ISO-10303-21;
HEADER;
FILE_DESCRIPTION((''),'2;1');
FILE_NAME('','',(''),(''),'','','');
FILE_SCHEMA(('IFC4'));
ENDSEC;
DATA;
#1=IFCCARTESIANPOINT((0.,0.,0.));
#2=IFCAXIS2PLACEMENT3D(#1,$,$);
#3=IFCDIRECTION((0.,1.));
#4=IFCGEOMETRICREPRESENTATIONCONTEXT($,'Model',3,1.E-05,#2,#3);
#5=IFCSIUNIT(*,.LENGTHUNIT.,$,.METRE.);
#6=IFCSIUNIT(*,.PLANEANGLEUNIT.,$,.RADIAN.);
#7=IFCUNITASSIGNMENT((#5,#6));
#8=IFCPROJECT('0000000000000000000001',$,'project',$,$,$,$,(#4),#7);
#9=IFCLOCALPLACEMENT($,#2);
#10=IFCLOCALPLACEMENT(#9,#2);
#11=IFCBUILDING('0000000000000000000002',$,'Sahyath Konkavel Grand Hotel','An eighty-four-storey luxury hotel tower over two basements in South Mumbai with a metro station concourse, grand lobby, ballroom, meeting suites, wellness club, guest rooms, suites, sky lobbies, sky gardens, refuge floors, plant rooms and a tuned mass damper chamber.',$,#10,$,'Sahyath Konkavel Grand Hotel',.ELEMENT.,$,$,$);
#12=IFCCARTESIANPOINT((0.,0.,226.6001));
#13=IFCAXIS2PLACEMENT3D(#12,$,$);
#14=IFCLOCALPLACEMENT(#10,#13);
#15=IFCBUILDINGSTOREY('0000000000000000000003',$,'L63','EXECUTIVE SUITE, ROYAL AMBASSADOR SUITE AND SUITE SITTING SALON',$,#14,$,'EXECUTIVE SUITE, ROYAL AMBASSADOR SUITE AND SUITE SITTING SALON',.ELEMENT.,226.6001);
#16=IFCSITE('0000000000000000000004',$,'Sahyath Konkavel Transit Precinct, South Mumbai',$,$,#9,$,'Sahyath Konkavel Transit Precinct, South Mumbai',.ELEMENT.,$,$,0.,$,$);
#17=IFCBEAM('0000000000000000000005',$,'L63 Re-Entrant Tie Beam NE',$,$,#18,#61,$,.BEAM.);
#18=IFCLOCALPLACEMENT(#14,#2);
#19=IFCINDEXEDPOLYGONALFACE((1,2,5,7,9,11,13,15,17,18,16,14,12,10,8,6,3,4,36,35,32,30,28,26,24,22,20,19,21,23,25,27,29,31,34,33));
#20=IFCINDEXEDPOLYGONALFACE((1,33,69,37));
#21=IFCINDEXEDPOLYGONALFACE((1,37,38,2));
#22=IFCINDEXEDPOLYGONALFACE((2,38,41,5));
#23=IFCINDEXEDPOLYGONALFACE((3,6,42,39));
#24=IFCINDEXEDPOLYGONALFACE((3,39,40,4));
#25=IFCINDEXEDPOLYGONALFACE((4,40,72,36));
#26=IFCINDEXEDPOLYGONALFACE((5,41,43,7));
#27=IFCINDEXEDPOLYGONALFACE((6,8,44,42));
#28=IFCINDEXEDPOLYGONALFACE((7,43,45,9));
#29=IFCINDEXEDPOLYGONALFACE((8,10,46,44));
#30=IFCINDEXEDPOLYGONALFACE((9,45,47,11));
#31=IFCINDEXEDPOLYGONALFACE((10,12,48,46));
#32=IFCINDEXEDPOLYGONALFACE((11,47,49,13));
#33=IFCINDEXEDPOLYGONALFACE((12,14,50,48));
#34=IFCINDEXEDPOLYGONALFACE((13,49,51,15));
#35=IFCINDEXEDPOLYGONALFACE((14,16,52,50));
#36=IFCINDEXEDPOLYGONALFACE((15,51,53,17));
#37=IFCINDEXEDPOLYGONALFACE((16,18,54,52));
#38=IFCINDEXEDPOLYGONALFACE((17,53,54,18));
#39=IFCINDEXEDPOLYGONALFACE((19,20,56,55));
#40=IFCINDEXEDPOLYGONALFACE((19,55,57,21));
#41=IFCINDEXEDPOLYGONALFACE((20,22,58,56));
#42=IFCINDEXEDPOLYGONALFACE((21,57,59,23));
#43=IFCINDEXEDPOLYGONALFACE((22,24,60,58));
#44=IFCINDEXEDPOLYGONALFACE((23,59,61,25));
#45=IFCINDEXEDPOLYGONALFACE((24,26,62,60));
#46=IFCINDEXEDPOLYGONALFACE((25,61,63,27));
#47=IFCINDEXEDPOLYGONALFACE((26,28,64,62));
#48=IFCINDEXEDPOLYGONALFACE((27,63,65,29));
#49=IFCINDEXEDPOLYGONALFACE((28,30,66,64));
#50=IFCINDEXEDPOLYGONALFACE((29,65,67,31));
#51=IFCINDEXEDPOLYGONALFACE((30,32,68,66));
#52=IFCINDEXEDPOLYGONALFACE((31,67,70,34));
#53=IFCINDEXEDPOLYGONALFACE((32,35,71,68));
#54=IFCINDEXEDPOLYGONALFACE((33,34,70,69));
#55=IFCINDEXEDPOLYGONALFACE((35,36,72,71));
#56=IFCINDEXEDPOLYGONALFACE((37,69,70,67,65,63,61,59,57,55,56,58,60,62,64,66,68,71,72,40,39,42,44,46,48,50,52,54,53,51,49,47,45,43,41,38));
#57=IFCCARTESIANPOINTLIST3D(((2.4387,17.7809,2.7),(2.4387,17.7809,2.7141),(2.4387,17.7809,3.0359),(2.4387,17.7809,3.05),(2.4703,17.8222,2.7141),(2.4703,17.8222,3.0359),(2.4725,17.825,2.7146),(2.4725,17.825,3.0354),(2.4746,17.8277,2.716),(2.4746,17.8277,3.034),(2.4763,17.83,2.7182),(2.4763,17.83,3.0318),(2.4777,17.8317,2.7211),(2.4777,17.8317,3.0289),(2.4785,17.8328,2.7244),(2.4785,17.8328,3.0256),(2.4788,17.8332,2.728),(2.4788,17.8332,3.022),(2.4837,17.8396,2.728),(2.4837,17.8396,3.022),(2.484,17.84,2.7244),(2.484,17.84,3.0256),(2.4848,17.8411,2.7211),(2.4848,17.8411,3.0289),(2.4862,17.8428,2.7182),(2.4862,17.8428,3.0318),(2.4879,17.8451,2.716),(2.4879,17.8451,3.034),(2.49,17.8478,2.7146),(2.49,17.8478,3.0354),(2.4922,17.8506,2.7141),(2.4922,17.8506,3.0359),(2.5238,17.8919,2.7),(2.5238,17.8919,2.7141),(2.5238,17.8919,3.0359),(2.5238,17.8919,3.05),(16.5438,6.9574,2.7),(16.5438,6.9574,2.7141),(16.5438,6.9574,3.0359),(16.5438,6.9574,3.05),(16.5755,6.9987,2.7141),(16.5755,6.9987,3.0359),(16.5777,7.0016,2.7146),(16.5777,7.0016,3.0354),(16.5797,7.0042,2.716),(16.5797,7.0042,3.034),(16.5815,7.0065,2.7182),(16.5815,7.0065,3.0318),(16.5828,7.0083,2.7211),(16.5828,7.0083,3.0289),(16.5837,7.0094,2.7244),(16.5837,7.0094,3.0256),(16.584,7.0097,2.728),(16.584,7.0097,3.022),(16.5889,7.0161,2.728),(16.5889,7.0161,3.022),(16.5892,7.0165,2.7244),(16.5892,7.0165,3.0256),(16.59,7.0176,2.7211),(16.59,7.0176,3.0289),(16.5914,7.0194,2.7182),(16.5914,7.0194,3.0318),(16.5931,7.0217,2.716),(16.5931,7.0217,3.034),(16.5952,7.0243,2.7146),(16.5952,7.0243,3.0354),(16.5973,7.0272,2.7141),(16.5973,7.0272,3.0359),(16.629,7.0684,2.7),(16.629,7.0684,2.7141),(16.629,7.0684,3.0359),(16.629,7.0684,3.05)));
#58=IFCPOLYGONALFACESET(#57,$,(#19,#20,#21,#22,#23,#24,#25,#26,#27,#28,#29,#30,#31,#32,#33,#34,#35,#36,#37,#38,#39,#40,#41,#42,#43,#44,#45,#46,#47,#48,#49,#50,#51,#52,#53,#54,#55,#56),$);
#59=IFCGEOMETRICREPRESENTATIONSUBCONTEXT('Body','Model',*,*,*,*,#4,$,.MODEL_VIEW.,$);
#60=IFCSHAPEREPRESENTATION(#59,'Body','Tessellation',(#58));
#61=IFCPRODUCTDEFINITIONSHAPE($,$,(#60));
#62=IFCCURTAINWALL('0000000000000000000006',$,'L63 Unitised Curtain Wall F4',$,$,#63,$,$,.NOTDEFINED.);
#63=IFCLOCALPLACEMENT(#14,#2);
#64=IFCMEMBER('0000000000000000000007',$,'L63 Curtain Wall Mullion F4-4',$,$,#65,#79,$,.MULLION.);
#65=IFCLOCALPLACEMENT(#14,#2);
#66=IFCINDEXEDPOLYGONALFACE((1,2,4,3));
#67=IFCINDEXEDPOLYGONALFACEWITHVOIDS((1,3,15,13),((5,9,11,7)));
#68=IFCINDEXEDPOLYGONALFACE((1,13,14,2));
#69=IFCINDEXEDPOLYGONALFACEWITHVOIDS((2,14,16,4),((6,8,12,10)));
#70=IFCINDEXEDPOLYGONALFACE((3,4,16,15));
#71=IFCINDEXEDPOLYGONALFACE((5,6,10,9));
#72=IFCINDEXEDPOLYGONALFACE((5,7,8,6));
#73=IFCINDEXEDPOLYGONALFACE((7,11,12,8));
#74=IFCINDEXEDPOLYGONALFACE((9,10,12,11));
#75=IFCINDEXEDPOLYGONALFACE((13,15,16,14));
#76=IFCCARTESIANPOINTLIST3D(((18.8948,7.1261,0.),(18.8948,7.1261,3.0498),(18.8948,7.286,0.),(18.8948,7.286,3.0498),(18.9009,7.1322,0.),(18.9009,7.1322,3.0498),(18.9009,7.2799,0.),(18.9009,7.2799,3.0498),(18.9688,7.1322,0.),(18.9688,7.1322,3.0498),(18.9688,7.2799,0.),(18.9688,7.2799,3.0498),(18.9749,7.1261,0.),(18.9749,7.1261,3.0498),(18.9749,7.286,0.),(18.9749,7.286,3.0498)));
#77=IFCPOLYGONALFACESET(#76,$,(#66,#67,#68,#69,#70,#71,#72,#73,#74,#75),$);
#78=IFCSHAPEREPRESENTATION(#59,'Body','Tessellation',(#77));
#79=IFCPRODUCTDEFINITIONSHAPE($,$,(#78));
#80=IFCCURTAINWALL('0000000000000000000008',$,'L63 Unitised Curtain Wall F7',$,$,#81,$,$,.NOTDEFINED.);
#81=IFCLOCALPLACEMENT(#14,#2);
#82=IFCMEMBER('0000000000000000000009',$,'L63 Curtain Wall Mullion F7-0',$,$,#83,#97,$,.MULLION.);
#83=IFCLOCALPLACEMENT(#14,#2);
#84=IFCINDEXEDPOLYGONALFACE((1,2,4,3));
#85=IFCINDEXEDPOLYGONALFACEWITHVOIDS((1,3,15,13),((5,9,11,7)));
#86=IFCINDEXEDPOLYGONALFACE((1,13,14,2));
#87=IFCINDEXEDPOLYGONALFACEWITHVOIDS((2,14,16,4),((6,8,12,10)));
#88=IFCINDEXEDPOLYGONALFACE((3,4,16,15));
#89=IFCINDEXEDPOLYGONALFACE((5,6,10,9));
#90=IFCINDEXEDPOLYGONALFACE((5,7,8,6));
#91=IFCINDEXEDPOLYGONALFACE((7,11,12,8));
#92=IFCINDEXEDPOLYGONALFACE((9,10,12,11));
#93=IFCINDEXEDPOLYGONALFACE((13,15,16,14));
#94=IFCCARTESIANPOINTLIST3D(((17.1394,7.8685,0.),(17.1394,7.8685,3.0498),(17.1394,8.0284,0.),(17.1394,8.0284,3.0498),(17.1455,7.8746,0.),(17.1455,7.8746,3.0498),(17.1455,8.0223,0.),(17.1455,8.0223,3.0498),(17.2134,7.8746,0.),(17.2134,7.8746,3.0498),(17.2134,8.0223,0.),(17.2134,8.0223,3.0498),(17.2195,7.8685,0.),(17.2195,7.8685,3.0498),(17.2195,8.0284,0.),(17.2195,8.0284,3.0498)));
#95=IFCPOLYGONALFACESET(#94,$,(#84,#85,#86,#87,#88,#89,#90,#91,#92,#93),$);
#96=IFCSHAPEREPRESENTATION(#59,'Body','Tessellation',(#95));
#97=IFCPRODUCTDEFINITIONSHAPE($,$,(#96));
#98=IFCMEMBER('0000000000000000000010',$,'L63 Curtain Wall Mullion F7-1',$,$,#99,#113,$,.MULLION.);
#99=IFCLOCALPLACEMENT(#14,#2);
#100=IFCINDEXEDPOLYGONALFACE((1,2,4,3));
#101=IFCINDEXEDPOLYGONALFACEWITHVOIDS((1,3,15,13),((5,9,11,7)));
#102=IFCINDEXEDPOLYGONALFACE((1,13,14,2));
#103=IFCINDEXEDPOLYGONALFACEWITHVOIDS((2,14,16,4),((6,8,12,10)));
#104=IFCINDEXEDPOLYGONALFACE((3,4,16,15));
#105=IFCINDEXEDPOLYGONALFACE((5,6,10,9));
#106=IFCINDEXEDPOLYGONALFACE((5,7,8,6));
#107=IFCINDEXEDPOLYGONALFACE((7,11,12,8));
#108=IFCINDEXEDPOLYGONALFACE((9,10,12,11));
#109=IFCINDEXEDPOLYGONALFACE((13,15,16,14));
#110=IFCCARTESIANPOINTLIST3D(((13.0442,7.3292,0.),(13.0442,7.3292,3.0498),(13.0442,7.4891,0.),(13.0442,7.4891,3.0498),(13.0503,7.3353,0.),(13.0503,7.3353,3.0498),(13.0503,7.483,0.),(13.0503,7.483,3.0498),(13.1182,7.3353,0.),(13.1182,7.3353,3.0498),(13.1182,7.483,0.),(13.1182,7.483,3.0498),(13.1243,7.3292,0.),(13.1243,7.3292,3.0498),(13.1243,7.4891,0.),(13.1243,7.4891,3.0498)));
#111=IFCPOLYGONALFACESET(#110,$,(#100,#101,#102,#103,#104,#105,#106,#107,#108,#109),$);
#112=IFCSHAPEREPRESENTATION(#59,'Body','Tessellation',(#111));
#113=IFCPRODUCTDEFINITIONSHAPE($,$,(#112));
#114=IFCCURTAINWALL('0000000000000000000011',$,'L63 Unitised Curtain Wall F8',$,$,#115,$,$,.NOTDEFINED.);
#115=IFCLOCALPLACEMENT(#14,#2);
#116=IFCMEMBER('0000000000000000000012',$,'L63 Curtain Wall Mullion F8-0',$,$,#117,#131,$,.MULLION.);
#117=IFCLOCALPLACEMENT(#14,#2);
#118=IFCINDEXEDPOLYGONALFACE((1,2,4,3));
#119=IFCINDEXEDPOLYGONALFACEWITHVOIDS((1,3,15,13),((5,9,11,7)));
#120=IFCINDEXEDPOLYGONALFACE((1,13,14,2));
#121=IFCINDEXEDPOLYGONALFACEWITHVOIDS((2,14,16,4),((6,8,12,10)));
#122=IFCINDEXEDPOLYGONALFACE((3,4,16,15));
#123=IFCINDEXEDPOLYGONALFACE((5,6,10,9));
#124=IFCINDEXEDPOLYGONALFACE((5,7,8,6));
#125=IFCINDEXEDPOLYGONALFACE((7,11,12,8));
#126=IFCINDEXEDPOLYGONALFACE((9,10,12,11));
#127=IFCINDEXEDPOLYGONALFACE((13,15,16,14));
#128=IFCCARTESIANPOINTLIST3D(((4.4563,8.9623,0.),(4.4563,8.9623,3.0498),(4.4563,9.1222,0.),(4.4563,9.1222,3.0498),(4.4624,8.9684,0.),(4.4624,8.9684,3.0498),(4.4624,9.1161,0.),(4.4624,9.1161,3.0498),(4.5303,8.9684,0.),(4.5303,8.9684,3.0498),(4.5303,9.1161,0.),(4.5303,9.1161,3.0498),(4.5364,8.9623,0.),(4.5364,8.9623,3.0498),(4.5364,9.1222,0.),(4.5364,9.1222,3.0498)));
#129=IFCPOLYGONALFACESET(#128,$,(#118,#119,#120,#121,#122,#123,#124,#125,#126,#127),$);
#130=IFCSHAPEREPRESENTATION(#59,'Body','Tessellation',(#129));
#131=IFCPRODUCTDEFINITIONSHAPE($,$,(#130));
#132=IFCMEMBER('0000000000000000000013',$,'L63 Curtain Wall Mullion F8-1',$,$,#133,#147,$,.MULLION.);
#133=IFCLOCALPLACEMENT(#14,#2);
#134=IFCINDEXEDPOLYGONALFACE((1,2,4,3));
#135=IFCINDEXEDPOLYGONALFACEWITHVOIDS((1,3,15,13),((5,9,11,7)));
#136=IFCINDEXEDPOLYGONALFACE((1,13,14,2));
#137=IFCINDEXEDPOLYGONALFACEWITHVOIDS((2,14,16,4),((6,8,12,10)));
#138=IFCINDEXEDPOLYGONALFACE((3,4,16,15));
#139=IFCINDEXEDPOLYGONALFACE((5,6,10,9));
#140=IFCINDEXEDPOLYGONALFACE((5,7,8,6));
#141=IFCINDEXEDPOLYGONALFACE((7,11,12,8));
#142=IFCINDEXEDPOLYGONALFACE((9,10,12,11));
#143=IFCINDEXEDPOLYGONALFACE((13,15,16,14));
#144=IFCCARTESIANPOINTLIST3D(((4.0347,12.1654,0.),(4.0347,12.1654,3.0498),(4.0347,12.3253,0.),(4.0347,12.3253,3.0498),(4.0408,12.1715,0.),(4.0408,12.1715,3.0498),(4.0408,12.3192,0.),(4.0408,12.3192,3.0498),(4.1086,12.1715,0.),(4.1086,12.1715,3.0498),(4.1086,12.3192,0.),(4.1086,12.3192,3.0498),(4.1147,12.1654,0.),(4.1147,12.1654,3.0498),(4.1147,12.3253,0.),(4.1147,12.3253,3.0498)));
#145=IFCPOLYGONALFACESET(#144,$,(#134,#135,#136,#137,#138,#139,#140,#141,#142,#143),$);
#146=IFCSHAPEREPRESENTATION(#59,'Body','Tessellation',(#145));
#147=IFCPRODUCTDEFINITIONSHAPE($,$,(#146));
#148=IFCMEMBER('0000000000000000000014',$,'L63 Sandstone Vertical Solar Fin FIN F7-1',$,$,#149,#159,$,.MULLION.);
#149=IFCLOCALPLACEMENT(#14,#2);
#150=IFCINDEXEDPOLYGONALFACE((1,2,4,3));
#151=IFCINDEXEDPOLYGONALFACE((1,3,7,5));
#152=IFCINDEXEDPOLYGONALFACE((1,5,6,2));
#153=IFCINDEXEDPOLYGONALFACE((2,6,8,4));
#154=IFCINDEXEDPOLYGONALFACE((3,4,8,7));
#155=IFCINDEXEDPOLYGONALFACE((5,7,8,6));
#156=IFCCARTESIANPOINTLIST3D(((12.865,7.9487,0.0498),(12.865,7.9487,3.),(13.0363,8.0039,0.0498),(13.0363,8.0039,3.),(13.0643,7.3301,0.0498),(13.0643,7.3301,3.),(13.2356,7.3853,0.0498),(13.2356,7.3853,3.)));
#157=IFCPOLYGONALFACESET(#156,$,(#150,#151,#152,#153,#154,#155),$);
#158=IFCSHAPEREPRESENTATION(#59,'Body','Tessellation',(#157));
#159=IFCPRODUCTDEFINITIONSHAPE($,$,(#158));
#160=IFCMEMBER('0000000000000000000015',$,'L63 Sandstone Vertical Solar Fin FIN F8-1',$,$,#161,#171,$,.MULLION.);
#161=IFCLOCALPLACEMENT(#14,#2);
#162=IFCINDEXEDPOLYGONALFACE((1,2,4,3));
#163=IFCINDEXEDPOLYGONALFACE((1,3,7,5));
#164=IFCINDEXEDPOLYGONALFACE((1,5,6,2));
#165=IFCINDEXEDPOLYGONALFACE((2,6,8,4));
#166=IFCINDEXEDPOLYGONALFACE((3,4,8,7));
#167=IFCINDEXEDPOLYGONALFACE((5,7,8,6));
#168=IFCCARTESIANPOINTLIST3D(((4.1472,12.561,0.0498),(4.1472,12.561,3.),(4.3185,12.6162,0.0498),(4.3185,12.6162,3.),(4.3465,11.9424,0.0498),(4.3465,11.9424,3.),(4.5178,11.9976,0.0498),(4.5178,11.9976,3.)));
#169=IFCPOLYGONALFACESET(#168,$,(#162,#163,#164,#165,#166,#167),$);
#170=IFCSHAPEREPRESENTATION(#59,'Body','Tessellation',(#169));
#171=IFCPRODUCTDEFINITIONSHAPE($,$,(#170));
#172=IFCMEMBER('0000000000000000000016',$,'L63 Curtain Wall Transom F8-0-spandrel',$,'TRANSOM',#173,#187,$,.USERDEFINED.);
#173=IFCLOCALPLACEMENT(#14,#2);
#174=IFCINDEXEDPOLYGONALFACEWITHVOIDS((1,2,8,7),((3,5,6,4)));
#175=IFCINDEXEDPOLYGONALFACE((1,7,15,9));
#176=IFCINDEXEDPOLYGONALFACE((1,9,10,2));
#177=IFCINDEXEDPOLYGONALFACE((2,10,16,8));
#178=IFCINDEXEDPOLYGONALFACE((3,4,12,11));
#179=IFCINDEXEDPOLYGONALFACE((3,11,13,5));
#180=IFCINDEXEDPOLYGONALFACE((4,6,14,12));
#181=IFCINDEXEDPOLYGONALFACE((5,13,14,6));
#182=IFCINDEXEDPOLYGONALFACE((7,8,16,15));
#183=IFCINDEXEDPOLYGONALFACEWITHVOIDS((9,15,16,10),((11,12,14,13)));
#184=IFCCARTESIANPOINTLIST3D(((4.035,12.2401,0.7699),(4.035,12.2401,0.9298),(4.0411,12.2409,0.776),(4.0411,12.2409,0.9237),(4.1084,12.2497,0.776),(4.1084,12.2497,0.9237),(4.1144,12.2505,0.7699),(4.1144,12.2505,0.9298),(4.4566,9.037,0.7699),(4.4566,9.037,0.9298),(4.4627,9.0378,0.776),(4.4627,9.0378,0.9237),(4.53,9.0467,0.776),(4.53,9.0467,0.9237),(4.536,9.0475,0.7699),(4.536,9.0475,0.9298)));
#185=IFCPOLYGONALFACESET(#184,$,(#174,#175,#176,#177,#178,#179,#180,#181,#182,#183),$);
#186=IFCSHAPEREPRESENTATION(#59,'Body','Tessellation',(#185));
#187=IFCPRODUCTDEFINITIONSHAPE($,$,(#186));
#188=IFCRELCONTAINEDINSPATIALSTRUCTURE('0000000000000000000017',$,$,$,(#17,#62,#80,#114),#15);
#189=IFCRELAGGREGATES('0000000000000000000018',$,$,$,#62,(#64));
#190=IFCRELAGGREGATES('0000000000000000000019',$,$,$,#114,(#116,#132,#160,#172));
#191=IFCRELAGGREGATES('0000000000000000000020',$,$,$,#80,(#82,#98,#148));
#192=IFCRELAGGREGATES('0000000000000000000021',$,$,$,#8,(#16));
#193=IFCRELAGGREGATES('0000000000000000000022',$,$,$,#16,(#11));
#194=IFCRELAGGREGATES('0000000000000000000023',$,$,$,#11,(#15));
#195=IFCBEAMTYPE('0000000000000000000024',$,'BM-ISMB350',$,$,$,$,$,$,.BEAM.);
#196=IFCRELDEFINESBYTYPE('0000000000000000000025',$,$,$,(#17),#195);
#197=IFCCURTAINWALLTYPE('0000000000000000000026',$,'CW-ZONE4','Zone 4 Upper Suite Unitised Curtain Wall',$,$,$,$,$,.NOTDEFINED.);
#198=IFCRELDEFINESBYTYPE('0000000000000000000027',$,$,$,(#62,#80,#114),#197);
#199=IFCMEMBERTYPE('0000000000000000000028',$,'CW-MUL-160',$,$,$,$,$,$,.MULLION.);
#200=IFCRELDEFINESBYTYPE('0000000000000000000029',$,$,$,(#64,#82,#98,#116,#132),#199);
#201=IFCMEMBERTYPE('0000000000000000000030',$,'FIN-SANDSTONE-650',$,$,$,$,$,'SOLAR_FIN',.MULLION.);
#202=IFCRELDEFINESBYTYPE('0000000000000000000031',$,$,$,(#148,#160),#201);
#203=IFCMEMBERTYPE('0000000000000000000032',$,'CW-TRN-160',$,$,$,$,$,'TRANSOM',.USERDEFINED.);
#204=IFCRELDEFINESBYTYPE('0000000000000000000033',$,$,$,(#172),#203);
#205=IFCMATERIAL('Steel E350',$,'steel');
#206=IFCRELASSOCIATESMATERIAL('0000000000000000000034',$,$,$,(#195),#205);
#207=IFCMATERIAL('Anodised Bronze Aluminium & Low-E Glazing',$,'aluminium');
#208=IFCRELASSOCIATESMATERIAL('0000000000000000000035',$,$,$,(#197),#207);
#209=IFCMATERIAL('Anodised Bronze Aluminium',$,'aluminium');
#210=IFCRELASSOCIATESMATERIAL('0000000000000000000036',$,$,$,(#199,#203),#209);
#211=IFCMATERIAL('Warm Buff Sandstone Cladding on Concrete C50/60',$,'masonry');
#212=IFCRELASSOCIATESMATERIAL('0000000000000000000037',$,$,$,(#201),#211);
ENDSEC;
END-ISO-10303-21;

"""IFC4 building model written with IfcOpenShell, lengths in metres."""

from ifc_helpers import new_model, si_unit, direction, frame, origin, origin_2d, place, context, subcontext, project, spatial, rectangle, hollow_rectangle, i_section, extrude, source, transform, mapped, material, material_profile, profile_set, type_object, element, aggregate, save


model = new_model("IFC4")

# Units and contexts
model_context = context("Model", 3, precision=1e-05, world=origin(), true_north=direction((0.0, 1.0)))
body_context = subcontext(model_context, "Body", "Model", "MODEL_VIEW")
ifc_project = project(units=[si_unit("LENGTHUNIT", "METRE"), si_unit("PLANEANGLEUNIT", "RADIAN")], contexts=[model_context])

# Site, building, storey
site_placement = place(None, origin())
site = spatial("IfcSite", under=ifc_project, at=site_placement, Name="Sahyath Konkavel Transit Precinct, South Mumbai", LongName="Sahyath Konkavel Transit Precinct, South Mumbai", CompositionType="ELEMENT", RefElevation=0.0)
building_placement = place(site_placement, origin())
building = spatial("IfcBuilding", under=site, at=building_placement, Name="Sahyath Konkavel Grand Hotel", Description="An eighty-four-storey luxury hotel tower over two basements in South Mumbai with a metro station concourse, grand lobby, ballroom, meeting suites, wellness club, guest rooms, suites, sky lobbies, sky gardens, refuge floors, plant rooms and a tuned mass damper chamber.", LongName="Sahyath Konkavel Grand Hotel", CompositionType="ELEMENT")
storey_placement = place(building_placement, frame((0.0, 0.0, 226.6001)))
storey = spatial("IfcBuildingStorey", under=building, at=storey_placement, Name="L63", Description="EXECUTIVE SUITE, ROYAL AMBASSADOR SUITE AND SUITE SITTING SALON", LongName="EXECUTIVE SUITE, ROYAL AMBASSADOR SUITE AND SUITE SITTING SALON", CompositionType="ELEMENT", Elevation=226.6001)

# Beam
ifc_material_1 = material(Name="Steel E350", Category="steel")
ifc_material_profile_1 = material_profile(ifc_material_1, i_section(OverallWidth=0.1399, OverallDepth=0.3501, WebThickness=0.0081, FlangeThickness=0.0142, FilletRadius=0.0139, at=origin_2d()), Name="ISMB 350")
ifc_profile_set_1 = profile_set([ifc_material_profile_1], Name="Steel E350")
beam_type = type_object("IfcBeamType", Name="BM-ISMB350", PredefinedType="BEAM", material=ifc_profile_set_1)
shared_shape_1 = source(origin(), body_context, "Body", "SweptSolid", [
    extrude(i_section(OverallWidth=0.1399, OverallDepth=0.3501, WebThickness=0.0081, FlangeThickness=0.0142, FilletRadius=0.0139, at=origin_2d()), origin(), (0.0, 0.0, 1.0), 17.7793),
])
beam_placement = place(storey_placement, frame((16.5864, 7.0129, 2.875), z_axis=(-0.793349, 0.608767, 0.0), x_axis=(-0.608767, -0.793349, 0.0)))
element("IfcBeam", 1, at=beam_placement, inside=storey, type_object=beam_type, Name="L63 Re-Entrant Tie Beam NE", PredefinedType="BEAM", context=body_context, shape_type="MappedRepresentation", body=[
    mapped(shared_shape_1, transform((0.0, 0.0, 0.0), scale=1.0)),
])

# Curtain wall, member
ifc_material_2 = material(Name="Anodised Bronze Aluminium & Low-E Glazing", Category="aluminium")
curtain_wall_type = type_object("IfcCurtainWallType", Name="CW-ZONE4", Description="Zone 4 Upper Suite Unitised Curtain Wall", PredefinedType="NOTDEFINED", material=ifc_material_2)
curtain_wall_1_placement = place(storey_placement, origin())
curtain_wall_1 = element("IfcCurtainWall", 2, at=curtain_wall_1_placement, inside=storey, type_object=curtain_wall_type, Name="L63 Unitised Curtain Wall F4", PredefinedType="NOTDEFINED")
ifc_material_3 = material(Name="Anodised Bronze Aluminium", Category="aluminium")
ifc_material_profile_2 = material_profile(ifc_material_3, hollow_rectangle(XDim=0.0801, YDim=0.1599, WallThickness=0.0061, at=origin_2d()), Name="RHS 160x80x6")
ifc_profile_set_2 = profile_set([ifc_material_profile_2], Name="Anodised Bronze Aluminium")
member_type_1 = type_object("IfcMemberType", Name="CW-MUL-160", PredefinedType="MULLION", material=ifc_profile_set_2)
shared_shape_2 = source(origin(), body_context, "Body", "SweptSolid", [
    extrude(hollow_rectangle(XDim=0.0801, YDim=0.1599, WallThickness=0.0061, at=origin_2d()), origin(), (0.0, 0.0, 1.0), 3.0498),
])
member_1_placement = place(storey_placement, frame((18.9348, 7.2061, 0.0), z_axis=(0.0, 0.0, 1.0), x_axis=(1.0, 0.0, 0.0)))
member_1 = element("IfcMember", 3, at=member_1_placement, type_object=member_type_1, Name="L63 Curtain Wall Mullion F4-4", PredefinedType="MULLION", context=body_context, shape_type="MappedRepresentation", body=[
    mapped(shared_shape_2, transform((0.0, 0.0, 0.0), scale=1.0)),
])
aggregate(curtain_wall_1, [member_1])

# Curtain walls, members
curtain_wall_2_placement = place(storey_placement, origin())
curtain_wall_2 = element("IfcCurtainWall", 4, at=curtain_wall_2_placement, inside=storey, type_object=curtain_wall_type, Name="L63 Unitised Curtain Wall F7", PredefinedType="NOTDEFINED")
member_2_placement = place(storey_placement, frame((17.1794, 7.9485, 0.0), z_axis=(0.0, 0.0, 1.0), x_axis=(1.0, 0.0, 0.0)))
member_2 = element("IfcMember", 5, at=member_2_placement, type_object=member_type_1, Name="L63 Curtain Wall Mullion F7-0", PredefinedType="MULLION", context=body_context, shape_type="MappedRepresentation", body=[
    mapped(shared_shape_2, transform((0.0, 0.0, 0.0), scale=1.0)),
])
member_3_placement = place(storey_placement, frame((13.0842, 7.4092, 0.0), z_axis=(0.0, 0.0, 1.0), x_axis=(1.0, 0.0, 0.0)))
member_3 = element("IfcMember", 6, at=member_3_placement, type_object=member_type_1, Name="L63 Curtain Wall Mullion F7-1", PredefinedType="MULLION", context=body_context, shape_type="MappedRepresentation", body=[
    mapped(shared_shape_2, transform((0.0, 0.0, 0.0), scale=1.0)),
])
curtain_wall_3_placement = place(storey_placement, origin())
curtain_wall_3 = element("IfcCurtainWall", 7, at=curtain_wall_3_placement, inside=storey, type_object=curtain_wall_type, Name="L63 Unitised Curtain Wall F8", PredefinedType="NOTDEFINED")
member_4_placement = place(storey_placement, frame((4.4963, 9.0422, 0.0), z_axis=(0.0, 0.0, 1.0), x_axis=(1.0, 0.0, 0.0)))
member_4 = element("IfcMember", 8, at=member_4_placement, type_object=member_type_1, Name="L63 Curtain Wall Mullion F8-0", PredefinedType="MULLION", context=body_context, shape_type="MappedRepresentation", body=[
    mapped(shared_shape_2, transform((0.0, 0.0, 0.0), scale=1.0)),
])
member_5_placement = place(storey_placement, frame((4.0747, 12.2454, 0.0), z_axis=(0.0, 0.0, 1.0), x_axis=(1.0, 0.0, 0.0)))
member_5 = element("IfcMember", 9, at=member_5_placement, type_object=member_type_1, Name="L63 Curtain Wall Mullion F8-1", PredefinedType="MULLION", context=body_context, shape_type="MappedRepresentation", body=[
    mapped(shared_shape_2, transform((0.0, 0.0, 0.0), scale=1.0)),
])

# Members
ifc_material_4 = material(Name="Warm Buff Sandstone Cladding on Concrete C50/60", Category="masonry")
ifc_material_profile_3 = material_profile(ifc_material_4, rectangle(XDim=0.1799, YDim=0.6499, at=origin_2d()), Name="FIN 180x650")
ifc_profile_set_3 = profile_set([ifc_material_profile_3], Name="Warm Buff Sandstone Cladding on Concrete C50/60")
member_type_2 = type_object("IfcMemberType", Name="FIN-SANDSTONE-650", ElementType="SOLAR_FIN", PredefinedType="MULLION", material=ifc_profile_set_3)
shared_shape_3 = source(origin(), body_context, "Body", "SweptSolid", [
    extrude(rectangle(XDim=0.1799, YDim=0.6499, at=origin_2d()), origin(), (0.0, 0.0, 1.0), 2.9502),
])
member_6_placement = place(storey_placement, frame((13.0503, 7.667, 0.0498), z_axis=(0.0, 0.0, 1.0), x_axis=(0.951809, 0.306692, 0.0)))
member_6 = element("IfcMember", 10, at=member_6_placement, type_object=member_type_2, Name="L63 Sandstone Vertical Solar Fin FIN F7-1", PredefinedType="MULLION", context=body_context, shape_type="MappedRepresentation", body=[
    mapped(shared_shape_3, transform((0.0, 0.0, 0.0), scale=1.0)),
])
member_7_placement = place(storey_placement, frame((4.3325, 12.2793, 0.0498), z_axis=(0.0, 0.0, 1.0), x_axis=(0.951809, 0.306692, 0.0)))
member_7 = element("IfcMember", 11, at=member_7_placement, type_object=member_type_2, Name="L63 Sandstone Vertical Solar Fin FIN F8-1", PredefinedType="MULLION", context=body_context, shape_type="MappedRepresentation", body=[
    mapped(shared_shape_3, transform((0.0, 0.0, 0.0), scale=1.0)),
])
ifc_material_profile_4 = material_profile(ifc_material_3, hollow_rectangle(XDim=0.0801, YDim=0.1599, WallThickness=0.0061, at=origin_2d()), Name="RHS 160x80x6")
ifc_profile_set_4 = profile_set([ifc_material_profile_4], Name="Anodised Bronze Aluminium")
member_type_3 = type_object("IfcMemberType", Name="CW-TRN-160", ElementType="TRANSOM", PredefinedType="USERDEFINED", material=ifc_profile_set_4)
shared_shape_4 = source(origin(), body_context, "Body", "SweptSolid", [
    extrude(hollow_rectangle(XDim=0.0801, YDim=0.1599, WallThickness=0.0061, at=origin_2d()), origin(), (0.0, 0.0, 1.0), 3.2307),
])
member_8_placement = place(storey_placement, frame((4.4963, 9.0422, 0.8499), z_axis=(-0.130505, 0.991448, 0.0), x_axis=(-0.991448, -0.130505, 0.0)))
member_8 = element("IfcMember", 12, at=member_8_placement, type_object=member_type_3, Name="L63 Curtain Wall Transom F8-0-spandrel", ObjectType="TRANSOM", PredefinedType="USERDEFINED", context=body_context, shape_type="MappedRepresentation", body=[
    mapped(shared_shape_4, transform((0.0, 0.0, 0.0), scale=1.0)),
])

aggregate(curtain_wall_3, [member_4, member_5, member_7, member_8])
aggregate(curtain_wall_2, [member_2, member_3, member_6])

save(model, "model.ifc")
